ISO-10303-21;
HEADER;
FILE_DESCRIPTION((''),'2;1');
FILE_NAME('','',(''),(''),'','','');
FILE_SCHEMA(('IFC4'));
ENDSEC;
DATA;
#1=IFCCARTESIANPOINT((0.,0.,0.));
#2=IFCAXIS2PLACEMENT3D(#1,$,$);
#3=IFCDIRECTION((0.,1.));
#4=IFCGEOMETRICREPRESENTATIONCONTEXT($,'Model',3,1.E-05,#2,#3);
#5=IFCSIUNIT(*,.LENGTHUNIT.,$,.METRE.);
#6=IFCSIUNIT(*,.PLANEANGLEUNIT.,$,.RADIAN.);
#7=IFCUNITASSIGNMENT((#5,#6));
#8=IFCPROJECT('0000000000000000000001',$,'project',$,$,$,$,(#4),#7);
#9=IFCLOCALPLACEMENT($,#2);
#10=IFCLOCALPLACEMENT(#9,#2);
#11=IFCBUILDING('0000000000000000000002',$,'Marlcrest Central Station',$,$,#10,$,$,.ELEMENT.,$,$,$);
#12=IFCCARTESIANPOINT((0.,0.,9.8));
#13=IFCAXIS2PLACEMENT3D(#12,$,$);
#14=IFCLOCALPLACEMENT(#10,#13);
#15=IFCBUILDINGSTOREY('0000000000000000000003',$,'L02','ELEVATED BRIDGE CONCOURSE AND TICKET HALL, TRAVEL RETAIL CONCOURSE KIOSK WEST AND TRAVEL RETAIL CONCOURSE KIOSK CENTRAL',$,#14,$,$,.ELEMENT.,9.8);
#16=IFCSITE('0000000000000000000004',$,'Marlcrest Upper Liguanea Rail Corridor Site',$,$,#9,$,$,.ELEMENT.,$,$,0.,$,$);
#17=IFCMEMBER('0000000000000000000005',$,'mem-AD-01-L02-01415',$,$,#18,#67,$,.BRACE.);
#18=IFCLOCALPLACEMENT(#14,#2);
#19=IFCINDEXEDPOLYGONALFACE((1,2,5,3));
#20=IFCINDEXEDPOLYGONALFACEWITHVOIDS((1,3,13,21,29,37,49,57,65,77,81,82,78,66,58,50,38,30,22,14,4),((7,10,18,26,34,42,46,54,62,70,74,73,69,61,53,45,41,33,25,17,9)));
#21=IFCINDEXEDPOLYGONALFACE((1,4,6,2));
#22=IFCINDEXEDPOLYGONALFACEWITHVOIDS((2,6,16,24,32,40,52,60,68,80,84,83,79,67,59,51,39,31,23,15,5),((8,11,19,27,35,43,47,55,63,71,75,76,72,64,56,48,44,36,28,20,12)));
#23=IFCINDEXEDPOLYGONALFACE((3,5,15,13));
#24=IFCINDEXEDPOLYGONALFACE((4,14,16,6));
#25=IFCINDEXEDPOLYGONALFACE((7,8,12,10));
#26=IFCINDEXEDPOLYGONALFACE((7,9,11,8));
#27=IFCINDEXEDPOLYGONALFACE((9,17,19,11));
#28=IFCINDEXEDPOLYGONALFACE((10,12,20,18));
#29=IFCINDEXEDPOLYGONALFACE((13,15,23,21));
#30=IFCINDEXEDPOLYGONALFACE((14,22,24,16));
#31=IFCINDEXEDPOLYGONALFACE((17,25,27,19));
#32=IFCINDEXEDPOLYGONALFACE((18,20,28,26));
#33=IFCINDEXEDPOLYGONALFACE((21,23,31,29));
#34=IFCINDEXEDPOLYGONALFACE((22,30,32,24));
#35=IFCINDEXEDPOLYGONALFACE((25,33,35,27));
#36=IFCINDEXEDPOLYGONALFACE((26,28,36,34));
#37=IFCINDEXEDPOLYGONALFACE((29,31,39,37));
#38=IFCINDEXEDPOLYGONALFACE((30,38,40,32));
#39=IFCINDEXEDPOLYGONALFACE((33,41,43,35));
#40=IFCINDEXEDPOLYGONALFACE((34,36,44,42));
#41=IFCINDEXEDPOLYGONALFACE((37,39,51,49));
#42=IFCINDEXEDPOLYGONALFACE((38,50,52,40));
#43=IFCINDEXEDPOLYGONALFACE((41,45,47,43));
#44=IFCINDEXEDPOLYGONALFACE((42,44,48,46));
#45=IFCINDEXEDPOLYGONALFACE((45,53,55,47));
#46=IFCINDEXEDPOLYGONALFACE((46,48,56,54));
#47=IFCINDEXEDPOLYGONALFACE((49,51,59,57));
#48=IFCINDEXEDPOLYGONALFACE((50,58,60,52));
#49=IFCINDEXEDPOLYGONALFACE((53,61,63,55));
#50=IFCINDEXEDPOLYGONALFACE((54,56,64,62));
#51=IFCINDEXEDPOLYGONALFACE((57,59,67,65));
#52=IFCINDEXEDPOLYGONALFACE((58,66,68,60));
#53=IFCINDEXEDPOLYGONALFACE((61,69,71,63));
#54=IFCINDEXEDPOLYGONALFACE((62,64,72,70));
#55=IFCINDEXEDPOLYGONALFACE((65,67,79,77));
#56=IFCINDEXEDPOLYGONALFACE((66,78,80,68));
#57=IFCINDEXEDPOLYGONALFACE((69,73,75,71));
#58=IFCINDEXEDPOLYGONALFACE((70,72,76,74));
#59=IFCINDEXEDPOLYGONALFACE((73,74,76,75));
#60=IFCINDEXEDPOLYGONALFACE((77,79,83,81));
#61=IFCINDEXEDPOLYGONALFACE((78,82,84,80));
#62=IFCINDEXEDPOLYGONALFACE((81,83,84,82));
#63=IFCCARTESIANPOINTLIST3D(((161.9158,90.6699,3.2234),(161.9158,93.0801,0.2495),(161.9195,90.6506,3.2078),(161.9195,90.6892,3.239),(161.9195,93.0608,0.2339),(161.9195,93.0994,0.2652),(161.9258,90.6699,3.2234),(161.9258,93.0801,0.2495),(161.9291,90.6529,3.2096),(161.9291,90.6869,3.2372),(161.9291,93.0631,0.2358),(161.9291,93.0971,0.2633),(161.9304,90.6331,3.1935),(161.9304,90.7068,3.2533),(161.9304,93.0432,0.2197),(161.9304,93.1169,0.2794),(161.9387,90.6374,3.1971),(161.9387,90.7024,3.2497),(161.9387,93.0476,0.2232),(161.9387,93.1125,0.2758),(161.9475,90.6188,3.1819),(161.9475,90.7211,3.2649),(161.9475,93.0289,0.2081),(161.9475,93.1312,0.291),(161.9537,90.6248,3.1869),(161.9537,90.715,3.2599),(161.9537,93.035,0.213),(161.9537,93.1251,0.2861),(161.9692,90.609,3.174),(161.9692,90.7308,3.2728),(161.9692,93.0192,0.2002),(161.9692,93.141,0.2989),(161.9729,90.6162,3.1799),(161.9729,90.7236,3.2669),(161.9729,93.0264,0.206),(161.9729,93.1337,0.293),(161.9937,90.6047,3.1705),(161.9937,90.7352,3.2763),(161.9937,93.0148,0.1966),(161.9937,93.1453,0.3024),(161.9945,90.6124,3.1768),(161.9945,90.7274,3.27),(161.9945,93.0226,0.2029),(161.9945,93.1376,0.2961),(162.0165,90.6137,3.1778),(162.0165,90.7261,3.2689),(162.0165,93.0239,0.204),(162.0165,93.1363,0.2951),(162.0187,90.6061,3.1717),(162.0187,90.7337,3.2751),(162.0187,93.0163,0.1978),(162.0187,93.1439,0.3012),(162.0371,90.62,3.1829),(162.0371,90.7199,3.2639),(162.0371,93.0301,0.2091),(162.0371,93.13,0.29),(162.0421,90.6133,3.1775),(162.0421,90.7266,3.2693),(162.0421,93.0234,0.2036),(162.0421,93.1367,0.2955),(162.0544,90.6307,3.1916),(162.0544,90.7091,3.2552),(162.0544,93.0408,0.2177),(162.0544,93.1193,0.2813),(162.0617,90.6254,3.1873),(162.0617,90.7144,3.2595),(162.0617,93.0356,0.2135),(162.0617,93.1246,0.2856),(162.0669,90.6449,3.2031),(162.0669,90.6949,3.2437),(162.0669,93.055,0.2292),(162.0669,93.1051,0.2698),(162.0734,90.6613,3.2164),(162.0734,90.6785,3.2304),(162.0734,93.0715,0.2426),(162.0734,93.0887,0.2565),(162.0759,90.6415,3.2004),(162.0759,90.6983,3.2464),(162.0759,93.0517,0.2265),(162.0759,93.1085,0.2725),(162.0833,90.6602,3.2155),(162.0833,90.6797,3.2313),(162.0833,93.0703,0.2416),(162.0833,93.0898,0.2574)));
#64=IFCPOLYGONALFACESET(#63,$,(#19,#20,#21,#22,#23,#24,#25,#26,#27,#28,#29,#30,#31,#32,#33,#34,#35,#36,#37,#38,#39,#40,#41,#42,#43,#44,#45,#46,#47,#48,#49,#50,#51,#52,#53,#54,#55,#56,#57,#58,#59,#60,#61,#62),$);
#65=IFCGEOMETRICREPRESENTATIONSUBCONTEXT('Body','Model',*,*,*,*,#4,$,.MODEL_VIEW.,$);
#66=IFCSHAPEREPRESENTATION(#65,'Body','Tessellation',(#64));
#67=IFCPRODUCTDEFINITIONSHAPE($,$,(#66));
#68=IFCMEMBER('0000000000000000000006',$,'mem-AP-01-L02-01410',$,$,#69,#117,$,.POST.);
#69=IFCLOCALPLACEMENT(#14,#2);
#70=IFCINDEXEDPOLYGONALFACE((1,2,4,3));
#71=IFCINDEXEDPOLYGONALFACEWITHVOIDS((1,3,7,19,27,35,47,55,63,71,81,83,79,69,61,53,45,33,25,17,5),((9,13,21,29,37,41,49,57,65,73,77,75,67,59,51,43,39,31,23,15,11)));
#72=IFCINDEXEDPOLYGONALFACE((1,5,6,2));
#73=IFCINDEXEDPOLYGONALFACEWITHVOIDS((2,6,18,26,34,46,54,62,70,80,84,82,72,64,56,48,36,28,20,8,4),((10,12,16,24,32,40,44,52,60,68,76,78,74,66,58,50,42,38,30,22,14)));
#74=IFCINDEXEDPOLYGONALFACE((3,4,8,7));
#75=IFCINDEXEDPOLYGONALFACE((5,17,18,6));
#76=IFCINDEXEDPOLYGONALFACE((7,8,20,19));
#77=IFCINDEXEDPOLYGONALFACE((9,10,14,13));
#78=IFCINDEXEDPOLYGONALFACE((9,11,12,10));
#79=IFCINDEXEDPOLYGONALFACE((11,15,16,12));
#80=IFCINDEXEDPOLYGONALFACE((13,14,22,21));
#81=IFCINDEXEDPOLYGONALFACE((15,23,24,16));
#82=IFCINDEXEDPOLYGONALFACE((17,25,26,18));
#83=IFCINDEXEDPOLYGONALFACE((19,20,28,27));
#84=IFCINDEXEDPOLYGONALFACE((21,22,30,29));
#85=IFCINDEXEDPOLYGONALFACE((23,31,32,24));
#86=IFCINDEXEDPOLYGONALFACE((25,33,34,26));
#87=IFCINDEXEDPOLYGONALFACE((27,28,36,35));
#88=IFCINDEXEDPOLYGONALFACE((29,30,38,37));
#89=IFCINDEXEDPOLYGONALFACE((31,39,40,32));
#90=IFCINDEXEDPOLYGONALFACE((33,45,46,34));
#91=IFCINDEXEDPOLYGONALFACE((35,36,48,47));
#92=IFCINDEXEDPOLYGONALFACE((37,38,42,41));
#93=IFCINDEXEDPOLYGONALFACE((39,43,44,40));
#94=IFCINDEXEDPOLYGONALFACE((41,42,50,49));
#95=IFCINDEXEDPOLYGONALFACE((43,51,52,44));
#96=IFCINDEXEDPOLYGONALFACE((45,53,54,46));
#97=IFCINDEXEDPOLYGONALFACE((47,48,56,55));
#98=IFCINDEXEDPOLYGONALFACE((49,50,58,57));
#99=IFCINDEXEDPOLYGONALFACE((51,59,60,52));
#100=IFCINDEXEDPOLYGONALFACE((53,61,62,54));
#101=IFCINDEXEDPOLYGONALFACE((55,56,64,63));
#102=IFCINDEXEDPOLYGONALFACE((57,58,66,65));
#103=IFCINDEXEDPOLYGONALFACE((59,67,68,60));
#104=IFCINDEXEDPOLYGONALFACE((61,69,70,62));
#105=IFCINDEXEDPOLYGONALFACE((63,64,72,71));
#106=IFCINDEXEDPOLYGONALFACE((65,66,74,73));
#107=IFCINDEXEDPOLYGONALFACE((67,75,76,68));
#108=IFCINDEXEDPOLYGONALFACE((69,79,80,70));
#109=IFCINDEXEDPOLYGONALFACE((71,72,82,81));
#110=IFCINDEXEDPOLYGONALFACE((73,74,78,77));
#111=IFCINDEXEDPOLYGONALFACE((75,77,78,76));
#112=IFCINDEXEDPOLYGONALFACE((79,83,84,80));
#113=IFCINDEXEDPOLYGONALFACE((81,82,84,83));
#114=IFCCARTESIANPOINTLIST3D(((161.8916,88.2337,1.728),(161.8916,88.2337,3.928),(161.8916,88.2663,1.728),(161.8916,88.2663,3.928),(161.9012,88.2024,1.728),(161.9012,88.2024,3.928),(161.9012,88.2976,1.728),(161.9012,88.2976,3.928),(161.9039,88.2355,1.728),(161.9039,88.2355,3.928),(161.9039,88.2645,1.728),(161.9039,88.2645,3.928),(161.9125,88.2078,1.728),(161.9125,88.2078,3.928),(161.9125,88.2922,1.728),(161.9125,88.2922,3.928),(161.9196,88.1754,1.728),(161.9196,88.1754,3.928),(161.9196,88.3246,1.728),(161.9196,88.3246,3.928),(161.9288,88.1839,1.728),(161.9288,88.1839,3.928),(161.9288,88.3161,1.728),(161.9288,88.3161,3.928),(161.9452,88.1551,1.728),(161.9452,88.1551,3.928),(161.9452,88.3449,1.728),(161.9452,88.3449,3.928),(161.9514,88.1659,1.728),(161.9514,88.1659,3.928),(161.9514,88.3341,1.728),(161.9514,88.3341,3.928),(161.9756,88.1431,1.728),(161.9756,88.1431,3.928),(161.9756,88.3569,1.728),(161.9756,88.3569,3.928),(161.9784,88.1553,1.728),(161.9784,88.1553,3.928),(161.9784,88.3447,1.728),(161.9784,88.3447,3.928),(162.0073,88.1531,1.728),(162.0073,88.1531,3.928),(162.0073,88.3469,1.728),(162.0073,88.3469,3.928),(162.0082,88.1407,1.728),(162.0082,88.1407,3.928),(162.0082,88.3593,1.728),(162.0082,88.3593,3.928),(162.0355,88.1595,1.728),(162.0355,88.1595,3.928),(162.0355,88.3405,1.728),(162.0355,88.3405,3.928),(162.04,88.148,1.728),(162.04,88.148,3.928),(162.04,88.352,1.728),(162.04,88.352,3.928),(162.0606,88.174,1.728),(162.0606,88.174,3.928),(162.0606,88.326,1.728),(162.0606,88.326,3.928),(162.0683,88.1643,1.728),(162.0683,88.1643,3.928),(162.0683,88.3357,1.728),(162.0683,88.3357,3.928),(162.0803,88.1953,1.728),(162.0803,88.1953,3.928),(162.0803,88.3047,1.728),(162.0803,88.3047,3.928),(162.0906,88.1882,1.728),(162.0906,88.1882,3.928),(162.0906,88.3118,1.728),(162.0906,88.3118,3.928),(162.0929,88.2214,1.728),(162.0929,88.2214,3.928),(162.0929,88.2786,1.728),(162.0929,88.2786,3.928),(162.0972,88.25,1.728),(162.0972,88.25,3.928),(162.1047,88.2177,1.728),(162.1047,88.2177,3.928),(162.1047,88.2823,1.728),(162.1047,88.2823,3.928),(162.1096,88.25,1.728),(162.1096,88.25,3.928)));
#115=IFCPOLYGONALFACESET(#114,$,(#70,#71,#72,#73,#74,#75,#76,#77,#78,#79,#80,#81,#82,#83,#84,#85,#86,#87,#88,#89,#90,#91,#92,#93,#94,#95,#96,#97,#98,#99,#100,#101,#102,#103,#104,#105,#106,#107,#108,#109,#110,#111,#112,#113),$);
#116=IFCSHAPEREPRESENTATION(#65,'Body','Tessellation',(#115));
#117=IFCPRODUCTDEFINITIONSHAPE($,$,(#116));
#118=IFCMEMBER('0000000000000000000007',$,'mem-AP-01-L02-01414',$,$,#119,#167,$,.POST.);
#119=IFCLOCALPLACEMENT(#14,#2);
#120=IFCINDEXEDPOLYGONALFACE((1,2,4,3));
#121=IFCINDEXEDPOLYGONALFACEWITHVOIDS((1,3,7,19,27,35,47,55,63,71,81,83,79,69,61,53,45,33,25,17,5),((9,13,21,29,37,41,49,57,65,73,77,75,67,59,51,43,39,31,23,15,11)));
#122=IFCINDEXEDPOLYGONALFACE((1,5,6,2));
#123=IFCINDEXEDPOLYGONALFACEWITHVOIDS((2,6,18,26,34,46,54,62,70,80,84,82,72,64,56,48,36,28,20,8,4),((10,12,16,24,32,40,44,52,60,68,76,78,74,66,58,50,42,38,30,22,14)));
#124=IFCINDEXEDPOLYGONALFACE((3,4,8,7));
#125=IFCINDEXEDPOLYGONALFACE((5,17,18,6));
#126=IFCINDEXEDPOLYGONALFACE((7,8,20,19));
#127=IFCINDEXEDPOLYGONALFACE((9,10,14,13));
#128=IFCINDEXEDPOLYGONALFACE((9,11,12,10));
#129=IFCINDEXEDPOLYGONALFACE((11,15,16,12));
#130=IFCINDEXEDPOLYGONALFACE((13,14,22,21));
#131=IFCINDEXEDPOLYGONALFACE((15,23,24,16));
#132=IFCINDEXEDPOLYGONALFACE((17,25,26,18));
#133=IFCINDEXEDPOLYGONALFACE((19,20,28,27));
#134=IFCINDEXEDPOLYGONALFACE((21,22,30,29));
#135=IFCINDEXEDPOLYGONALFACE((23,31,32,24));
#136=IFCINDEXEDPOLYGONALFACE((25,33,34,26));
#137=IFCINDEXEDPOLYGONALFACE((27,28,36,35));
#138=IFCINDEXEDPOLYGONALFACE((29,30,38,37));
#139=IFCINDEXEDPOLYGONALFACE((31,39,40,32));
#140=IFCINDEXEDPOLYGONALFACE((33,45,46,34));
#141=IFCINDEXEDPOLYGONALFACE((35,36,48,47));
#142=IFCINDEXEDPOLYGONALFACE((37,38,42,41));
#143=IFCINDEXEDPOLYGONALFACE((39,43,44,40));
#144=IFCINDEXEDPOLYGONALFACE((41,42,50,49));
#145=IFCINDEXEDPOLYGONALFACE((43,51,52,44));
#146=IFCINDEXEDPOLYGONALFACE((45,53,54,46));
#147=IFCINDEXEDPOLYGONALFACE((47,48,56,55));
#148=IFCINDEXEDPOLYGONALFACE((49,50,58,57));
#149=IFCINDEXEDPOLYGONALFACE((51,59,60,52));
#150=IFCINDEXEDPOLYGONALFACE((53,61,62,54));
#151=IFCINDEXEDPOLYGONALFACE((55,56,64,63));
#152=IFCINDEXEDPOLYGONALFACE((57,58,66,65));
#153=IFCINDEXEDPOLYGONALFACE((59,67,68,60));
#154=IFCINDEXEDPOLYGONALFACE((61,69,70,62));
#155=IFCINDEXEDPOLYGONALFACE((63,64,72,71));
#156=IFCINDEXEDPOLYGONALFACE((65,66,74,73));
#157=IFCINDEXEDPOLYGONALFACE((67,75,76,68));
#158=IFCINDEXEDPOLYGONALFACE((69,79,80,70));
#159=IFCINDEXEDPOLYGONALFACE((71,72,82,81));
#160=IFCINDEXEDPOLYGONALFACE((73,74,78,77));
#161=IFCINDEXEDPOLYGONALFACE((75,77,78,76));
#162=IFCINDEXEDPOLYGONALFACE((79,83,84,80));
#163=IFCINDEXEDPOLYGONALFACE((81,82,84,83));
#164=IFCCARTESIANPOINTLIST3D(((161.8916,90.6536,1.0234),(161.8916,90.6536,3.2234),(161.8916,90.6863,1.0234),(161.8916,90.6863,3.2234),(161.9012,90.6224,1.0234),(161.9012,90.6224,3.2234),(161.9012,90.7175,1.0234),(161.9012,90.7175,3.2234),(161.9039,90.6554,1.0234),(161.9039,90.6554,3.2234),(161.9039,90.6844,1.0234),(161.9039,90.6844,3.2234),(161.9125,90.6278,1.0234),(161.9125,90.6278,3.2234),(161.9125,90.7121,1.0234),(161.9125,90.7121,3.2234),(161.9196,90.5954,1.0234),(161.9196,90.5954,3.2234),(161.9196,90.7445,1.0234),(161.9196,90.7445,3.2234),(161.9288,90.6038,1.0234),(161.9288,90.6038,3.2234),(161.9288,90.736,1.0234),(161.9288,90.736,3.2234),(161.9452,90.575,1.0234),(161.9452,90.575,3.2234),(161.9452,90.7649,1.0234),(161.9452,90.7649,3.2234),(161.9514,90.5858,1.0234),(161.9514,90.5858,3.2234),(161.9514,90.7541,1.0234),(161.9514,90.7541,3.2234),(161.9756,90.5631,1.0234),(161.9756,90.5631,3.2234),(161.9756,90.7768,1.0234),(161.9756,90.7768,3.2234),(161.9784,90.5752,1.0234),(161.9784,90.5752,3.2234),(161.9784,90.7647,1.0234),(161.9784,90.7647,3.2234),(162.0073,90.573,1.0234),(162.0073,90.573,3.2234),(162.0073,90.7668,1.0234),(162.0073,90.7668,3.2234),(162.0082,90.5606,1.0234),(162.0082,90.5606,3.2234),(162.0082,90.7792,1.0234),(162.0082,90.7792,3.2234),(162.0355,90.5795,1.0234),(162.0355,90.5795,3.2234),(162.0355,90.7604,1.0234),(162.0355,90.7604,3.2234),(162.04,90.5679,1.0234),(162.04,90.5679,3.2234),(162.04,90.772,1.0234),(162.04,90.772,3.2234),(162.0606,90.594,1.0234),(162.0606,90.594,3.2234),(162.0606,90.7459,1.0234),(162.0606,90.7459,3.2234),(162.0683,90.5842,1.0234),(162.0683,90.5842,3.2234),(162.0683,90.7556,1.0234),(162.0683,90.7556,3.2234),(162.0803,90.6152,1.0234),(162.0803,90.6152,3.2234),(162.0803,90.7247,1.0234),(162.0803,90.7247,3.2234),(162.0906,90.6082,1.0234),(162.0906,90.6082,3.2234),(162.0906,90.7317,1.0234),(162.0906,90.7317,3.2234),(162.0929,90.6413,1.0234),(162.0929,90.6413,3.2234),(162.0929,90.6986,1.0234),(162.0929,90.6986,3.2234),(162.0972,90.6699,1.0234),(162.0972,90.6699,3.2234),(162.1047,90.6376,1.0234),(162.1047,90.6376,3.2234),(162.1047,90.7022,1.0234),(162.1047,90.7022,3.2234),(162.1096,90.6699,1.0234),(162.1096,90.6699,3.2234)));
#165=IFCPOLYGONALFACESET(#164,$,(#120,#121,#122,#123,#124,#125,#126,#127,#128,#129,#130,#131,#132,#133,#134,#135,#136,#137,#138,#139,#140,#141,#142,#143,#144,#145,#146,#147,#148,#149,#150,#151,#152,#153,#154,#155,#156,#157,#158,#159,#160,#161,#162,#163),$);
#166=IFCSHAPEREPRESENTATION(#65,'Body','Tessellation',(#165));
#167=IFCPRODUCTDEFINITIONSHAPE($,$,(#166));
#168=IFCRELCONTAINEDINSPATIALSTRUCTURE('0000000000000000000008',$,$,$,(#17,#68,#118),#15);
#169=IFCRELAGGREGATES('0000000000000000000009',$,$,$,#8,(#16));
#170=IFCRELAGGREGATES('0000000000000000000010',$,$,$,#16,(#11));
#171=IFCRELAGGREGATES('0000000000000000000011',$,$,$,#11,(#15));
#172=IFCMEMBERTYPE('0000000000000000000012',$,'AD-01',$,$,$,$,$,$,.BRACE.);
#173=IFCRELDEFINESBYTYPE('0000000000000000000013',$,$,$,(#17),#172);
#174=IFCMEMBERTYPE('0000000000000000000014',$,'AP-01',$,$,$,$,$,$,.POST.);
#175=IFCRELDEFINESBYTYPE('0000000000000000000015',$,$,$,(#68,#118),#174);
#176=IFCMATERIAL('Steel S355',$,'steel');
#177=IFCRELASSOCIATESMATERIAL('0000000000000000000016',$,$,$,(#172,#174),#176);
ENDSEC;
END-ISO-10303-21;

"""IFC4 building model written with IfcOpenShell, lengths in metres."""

from ifc_helpers import new_model, si_unit, direction, frame, origin, origin_2d, place, context, subcontext, project, spatial, hollow_circle, extrude, material, material_profile, profile_set, type_object, element, save


model = new_model("IFC4")

# Units and contexts
model_context = context("Model", 3, precision=1e-05, world=origin(), true_north=direction((0.0, 1.0)))
body_context = subcontext(model_context, "Body", "Model", "MODEL_VIEW")
ifc_project = project(units=[si_unit("LENGTHUNIT", "METRE"), si_unit("PLANEANGLEUNIT", "RADIAN")], contexts=[model_context])

# Site, building, storey
site_placement = place(None, origin())
site = spatial("IfcSite", under=ifc_project, at=site_placement, Name="Marlcrest Upper Liguanea Rail Corridor Site", CompositionType="ELEMENT", RefElevation=0.0)
building_placement = place(site_placement, origin())
building = spatial("IfcBuilding", under=site, at=building_placement, Name="Marlcrest Central Station", CompositionType="ELEMENT")
storey_placement = place(building_placement, frame((0.0, 0.0, 9.8)))
storey = spatial("IfcBuildingStorey", under=building, at=storey_placement, Name="L02", Description="ELEVATED BRIDGE CONCOURSE AND TICKET HALL, TRAVEL RETAIL CONCOURSE KIOSK WEST AND TRAVEL RETAIL CONCOURSE KIOSK CENTRAL", CompositionType="ELEMENT", Elevation=9.8)

# Members
ifc_material_1 = material(Name="Steel S355", Category="steel")
ifc_material_profile_1 = material_profile(ifc_material_1, hollow_circle(Radius=0.0842, WallThickness=0.01, at=origin_2d()), Name="CHS 168.3x10")
ifc_profile_set_1 = profile_set([ifc_material_profile_1], Name="Steel S355")
member_type_1 = type_object("IfcMemberType", Name="AD-01", PredefinedType="BRACE", material=ifc_profile_set_1)
member_1_placement = place(storey_placement, frame((162.0, 90.6699, 3.2234), z_axis=(0.0, 0.629629, -0.776896), x_axis=(-1.0, 0.0, 0.0)))
element("IfcMember", 1, at=member_1_placement, inside=storey, type_object=member_type_1, Name="mem-AD-01-L02-01415", PredefinedType="BRACE", context=body_context, shape_type="SweptSolid", body=[
    extrude(hollow_circle(Radius=0.0842, WallThickness=0.01, at=origin_2d()), origin(), (0.0, 0.0, 1.0), 3.8279),
])
ifc_material_profile_2 = material_profile(ifc_material_1, hollow_circle(Radius=0.1096, WallThickness=0.0125, at=origin_2d()), Name="CHS 219.1x12.5")
ifc_profile_set_2 = profile_set([ifc_material_profile_2], Name="Steel S355")
member_type_2 = type_object("IfcMemberType", Name="AP-01", PredefinedType="POST", material=ifc_profile_set_2)
for number, where, z_axis, x_axis, name in (
    (2, (162.0, 88.25, 1.728), (0.0, 0.0, 1.0), (1.0, 0.0, 0.0), "mem-AP-01-L02-01410"),
    (3, (162.0, 90.6699, 1.0234), (0.0, 0.0, 1.0), (1.0, 0.0, 0.0), "mem-AP-01-L02-01414"),
):
    element("IfcMember", number, at=place(storey_placement, frame(where, z_axis=z_axis, x_axis=x_axis)), inside=storey, type_object=member_type_2, Name=name, PredefinedType="POST", context=body_context, shape_type="SweptSolid", body=[
        extrude(hollow_circle(Radius=0.1096, WallThickness=0.0125, at=origin_2d()), origin(), (0.0, 0.0, 1.0), 2.2),
    ])

save(model, "model.ifc")
